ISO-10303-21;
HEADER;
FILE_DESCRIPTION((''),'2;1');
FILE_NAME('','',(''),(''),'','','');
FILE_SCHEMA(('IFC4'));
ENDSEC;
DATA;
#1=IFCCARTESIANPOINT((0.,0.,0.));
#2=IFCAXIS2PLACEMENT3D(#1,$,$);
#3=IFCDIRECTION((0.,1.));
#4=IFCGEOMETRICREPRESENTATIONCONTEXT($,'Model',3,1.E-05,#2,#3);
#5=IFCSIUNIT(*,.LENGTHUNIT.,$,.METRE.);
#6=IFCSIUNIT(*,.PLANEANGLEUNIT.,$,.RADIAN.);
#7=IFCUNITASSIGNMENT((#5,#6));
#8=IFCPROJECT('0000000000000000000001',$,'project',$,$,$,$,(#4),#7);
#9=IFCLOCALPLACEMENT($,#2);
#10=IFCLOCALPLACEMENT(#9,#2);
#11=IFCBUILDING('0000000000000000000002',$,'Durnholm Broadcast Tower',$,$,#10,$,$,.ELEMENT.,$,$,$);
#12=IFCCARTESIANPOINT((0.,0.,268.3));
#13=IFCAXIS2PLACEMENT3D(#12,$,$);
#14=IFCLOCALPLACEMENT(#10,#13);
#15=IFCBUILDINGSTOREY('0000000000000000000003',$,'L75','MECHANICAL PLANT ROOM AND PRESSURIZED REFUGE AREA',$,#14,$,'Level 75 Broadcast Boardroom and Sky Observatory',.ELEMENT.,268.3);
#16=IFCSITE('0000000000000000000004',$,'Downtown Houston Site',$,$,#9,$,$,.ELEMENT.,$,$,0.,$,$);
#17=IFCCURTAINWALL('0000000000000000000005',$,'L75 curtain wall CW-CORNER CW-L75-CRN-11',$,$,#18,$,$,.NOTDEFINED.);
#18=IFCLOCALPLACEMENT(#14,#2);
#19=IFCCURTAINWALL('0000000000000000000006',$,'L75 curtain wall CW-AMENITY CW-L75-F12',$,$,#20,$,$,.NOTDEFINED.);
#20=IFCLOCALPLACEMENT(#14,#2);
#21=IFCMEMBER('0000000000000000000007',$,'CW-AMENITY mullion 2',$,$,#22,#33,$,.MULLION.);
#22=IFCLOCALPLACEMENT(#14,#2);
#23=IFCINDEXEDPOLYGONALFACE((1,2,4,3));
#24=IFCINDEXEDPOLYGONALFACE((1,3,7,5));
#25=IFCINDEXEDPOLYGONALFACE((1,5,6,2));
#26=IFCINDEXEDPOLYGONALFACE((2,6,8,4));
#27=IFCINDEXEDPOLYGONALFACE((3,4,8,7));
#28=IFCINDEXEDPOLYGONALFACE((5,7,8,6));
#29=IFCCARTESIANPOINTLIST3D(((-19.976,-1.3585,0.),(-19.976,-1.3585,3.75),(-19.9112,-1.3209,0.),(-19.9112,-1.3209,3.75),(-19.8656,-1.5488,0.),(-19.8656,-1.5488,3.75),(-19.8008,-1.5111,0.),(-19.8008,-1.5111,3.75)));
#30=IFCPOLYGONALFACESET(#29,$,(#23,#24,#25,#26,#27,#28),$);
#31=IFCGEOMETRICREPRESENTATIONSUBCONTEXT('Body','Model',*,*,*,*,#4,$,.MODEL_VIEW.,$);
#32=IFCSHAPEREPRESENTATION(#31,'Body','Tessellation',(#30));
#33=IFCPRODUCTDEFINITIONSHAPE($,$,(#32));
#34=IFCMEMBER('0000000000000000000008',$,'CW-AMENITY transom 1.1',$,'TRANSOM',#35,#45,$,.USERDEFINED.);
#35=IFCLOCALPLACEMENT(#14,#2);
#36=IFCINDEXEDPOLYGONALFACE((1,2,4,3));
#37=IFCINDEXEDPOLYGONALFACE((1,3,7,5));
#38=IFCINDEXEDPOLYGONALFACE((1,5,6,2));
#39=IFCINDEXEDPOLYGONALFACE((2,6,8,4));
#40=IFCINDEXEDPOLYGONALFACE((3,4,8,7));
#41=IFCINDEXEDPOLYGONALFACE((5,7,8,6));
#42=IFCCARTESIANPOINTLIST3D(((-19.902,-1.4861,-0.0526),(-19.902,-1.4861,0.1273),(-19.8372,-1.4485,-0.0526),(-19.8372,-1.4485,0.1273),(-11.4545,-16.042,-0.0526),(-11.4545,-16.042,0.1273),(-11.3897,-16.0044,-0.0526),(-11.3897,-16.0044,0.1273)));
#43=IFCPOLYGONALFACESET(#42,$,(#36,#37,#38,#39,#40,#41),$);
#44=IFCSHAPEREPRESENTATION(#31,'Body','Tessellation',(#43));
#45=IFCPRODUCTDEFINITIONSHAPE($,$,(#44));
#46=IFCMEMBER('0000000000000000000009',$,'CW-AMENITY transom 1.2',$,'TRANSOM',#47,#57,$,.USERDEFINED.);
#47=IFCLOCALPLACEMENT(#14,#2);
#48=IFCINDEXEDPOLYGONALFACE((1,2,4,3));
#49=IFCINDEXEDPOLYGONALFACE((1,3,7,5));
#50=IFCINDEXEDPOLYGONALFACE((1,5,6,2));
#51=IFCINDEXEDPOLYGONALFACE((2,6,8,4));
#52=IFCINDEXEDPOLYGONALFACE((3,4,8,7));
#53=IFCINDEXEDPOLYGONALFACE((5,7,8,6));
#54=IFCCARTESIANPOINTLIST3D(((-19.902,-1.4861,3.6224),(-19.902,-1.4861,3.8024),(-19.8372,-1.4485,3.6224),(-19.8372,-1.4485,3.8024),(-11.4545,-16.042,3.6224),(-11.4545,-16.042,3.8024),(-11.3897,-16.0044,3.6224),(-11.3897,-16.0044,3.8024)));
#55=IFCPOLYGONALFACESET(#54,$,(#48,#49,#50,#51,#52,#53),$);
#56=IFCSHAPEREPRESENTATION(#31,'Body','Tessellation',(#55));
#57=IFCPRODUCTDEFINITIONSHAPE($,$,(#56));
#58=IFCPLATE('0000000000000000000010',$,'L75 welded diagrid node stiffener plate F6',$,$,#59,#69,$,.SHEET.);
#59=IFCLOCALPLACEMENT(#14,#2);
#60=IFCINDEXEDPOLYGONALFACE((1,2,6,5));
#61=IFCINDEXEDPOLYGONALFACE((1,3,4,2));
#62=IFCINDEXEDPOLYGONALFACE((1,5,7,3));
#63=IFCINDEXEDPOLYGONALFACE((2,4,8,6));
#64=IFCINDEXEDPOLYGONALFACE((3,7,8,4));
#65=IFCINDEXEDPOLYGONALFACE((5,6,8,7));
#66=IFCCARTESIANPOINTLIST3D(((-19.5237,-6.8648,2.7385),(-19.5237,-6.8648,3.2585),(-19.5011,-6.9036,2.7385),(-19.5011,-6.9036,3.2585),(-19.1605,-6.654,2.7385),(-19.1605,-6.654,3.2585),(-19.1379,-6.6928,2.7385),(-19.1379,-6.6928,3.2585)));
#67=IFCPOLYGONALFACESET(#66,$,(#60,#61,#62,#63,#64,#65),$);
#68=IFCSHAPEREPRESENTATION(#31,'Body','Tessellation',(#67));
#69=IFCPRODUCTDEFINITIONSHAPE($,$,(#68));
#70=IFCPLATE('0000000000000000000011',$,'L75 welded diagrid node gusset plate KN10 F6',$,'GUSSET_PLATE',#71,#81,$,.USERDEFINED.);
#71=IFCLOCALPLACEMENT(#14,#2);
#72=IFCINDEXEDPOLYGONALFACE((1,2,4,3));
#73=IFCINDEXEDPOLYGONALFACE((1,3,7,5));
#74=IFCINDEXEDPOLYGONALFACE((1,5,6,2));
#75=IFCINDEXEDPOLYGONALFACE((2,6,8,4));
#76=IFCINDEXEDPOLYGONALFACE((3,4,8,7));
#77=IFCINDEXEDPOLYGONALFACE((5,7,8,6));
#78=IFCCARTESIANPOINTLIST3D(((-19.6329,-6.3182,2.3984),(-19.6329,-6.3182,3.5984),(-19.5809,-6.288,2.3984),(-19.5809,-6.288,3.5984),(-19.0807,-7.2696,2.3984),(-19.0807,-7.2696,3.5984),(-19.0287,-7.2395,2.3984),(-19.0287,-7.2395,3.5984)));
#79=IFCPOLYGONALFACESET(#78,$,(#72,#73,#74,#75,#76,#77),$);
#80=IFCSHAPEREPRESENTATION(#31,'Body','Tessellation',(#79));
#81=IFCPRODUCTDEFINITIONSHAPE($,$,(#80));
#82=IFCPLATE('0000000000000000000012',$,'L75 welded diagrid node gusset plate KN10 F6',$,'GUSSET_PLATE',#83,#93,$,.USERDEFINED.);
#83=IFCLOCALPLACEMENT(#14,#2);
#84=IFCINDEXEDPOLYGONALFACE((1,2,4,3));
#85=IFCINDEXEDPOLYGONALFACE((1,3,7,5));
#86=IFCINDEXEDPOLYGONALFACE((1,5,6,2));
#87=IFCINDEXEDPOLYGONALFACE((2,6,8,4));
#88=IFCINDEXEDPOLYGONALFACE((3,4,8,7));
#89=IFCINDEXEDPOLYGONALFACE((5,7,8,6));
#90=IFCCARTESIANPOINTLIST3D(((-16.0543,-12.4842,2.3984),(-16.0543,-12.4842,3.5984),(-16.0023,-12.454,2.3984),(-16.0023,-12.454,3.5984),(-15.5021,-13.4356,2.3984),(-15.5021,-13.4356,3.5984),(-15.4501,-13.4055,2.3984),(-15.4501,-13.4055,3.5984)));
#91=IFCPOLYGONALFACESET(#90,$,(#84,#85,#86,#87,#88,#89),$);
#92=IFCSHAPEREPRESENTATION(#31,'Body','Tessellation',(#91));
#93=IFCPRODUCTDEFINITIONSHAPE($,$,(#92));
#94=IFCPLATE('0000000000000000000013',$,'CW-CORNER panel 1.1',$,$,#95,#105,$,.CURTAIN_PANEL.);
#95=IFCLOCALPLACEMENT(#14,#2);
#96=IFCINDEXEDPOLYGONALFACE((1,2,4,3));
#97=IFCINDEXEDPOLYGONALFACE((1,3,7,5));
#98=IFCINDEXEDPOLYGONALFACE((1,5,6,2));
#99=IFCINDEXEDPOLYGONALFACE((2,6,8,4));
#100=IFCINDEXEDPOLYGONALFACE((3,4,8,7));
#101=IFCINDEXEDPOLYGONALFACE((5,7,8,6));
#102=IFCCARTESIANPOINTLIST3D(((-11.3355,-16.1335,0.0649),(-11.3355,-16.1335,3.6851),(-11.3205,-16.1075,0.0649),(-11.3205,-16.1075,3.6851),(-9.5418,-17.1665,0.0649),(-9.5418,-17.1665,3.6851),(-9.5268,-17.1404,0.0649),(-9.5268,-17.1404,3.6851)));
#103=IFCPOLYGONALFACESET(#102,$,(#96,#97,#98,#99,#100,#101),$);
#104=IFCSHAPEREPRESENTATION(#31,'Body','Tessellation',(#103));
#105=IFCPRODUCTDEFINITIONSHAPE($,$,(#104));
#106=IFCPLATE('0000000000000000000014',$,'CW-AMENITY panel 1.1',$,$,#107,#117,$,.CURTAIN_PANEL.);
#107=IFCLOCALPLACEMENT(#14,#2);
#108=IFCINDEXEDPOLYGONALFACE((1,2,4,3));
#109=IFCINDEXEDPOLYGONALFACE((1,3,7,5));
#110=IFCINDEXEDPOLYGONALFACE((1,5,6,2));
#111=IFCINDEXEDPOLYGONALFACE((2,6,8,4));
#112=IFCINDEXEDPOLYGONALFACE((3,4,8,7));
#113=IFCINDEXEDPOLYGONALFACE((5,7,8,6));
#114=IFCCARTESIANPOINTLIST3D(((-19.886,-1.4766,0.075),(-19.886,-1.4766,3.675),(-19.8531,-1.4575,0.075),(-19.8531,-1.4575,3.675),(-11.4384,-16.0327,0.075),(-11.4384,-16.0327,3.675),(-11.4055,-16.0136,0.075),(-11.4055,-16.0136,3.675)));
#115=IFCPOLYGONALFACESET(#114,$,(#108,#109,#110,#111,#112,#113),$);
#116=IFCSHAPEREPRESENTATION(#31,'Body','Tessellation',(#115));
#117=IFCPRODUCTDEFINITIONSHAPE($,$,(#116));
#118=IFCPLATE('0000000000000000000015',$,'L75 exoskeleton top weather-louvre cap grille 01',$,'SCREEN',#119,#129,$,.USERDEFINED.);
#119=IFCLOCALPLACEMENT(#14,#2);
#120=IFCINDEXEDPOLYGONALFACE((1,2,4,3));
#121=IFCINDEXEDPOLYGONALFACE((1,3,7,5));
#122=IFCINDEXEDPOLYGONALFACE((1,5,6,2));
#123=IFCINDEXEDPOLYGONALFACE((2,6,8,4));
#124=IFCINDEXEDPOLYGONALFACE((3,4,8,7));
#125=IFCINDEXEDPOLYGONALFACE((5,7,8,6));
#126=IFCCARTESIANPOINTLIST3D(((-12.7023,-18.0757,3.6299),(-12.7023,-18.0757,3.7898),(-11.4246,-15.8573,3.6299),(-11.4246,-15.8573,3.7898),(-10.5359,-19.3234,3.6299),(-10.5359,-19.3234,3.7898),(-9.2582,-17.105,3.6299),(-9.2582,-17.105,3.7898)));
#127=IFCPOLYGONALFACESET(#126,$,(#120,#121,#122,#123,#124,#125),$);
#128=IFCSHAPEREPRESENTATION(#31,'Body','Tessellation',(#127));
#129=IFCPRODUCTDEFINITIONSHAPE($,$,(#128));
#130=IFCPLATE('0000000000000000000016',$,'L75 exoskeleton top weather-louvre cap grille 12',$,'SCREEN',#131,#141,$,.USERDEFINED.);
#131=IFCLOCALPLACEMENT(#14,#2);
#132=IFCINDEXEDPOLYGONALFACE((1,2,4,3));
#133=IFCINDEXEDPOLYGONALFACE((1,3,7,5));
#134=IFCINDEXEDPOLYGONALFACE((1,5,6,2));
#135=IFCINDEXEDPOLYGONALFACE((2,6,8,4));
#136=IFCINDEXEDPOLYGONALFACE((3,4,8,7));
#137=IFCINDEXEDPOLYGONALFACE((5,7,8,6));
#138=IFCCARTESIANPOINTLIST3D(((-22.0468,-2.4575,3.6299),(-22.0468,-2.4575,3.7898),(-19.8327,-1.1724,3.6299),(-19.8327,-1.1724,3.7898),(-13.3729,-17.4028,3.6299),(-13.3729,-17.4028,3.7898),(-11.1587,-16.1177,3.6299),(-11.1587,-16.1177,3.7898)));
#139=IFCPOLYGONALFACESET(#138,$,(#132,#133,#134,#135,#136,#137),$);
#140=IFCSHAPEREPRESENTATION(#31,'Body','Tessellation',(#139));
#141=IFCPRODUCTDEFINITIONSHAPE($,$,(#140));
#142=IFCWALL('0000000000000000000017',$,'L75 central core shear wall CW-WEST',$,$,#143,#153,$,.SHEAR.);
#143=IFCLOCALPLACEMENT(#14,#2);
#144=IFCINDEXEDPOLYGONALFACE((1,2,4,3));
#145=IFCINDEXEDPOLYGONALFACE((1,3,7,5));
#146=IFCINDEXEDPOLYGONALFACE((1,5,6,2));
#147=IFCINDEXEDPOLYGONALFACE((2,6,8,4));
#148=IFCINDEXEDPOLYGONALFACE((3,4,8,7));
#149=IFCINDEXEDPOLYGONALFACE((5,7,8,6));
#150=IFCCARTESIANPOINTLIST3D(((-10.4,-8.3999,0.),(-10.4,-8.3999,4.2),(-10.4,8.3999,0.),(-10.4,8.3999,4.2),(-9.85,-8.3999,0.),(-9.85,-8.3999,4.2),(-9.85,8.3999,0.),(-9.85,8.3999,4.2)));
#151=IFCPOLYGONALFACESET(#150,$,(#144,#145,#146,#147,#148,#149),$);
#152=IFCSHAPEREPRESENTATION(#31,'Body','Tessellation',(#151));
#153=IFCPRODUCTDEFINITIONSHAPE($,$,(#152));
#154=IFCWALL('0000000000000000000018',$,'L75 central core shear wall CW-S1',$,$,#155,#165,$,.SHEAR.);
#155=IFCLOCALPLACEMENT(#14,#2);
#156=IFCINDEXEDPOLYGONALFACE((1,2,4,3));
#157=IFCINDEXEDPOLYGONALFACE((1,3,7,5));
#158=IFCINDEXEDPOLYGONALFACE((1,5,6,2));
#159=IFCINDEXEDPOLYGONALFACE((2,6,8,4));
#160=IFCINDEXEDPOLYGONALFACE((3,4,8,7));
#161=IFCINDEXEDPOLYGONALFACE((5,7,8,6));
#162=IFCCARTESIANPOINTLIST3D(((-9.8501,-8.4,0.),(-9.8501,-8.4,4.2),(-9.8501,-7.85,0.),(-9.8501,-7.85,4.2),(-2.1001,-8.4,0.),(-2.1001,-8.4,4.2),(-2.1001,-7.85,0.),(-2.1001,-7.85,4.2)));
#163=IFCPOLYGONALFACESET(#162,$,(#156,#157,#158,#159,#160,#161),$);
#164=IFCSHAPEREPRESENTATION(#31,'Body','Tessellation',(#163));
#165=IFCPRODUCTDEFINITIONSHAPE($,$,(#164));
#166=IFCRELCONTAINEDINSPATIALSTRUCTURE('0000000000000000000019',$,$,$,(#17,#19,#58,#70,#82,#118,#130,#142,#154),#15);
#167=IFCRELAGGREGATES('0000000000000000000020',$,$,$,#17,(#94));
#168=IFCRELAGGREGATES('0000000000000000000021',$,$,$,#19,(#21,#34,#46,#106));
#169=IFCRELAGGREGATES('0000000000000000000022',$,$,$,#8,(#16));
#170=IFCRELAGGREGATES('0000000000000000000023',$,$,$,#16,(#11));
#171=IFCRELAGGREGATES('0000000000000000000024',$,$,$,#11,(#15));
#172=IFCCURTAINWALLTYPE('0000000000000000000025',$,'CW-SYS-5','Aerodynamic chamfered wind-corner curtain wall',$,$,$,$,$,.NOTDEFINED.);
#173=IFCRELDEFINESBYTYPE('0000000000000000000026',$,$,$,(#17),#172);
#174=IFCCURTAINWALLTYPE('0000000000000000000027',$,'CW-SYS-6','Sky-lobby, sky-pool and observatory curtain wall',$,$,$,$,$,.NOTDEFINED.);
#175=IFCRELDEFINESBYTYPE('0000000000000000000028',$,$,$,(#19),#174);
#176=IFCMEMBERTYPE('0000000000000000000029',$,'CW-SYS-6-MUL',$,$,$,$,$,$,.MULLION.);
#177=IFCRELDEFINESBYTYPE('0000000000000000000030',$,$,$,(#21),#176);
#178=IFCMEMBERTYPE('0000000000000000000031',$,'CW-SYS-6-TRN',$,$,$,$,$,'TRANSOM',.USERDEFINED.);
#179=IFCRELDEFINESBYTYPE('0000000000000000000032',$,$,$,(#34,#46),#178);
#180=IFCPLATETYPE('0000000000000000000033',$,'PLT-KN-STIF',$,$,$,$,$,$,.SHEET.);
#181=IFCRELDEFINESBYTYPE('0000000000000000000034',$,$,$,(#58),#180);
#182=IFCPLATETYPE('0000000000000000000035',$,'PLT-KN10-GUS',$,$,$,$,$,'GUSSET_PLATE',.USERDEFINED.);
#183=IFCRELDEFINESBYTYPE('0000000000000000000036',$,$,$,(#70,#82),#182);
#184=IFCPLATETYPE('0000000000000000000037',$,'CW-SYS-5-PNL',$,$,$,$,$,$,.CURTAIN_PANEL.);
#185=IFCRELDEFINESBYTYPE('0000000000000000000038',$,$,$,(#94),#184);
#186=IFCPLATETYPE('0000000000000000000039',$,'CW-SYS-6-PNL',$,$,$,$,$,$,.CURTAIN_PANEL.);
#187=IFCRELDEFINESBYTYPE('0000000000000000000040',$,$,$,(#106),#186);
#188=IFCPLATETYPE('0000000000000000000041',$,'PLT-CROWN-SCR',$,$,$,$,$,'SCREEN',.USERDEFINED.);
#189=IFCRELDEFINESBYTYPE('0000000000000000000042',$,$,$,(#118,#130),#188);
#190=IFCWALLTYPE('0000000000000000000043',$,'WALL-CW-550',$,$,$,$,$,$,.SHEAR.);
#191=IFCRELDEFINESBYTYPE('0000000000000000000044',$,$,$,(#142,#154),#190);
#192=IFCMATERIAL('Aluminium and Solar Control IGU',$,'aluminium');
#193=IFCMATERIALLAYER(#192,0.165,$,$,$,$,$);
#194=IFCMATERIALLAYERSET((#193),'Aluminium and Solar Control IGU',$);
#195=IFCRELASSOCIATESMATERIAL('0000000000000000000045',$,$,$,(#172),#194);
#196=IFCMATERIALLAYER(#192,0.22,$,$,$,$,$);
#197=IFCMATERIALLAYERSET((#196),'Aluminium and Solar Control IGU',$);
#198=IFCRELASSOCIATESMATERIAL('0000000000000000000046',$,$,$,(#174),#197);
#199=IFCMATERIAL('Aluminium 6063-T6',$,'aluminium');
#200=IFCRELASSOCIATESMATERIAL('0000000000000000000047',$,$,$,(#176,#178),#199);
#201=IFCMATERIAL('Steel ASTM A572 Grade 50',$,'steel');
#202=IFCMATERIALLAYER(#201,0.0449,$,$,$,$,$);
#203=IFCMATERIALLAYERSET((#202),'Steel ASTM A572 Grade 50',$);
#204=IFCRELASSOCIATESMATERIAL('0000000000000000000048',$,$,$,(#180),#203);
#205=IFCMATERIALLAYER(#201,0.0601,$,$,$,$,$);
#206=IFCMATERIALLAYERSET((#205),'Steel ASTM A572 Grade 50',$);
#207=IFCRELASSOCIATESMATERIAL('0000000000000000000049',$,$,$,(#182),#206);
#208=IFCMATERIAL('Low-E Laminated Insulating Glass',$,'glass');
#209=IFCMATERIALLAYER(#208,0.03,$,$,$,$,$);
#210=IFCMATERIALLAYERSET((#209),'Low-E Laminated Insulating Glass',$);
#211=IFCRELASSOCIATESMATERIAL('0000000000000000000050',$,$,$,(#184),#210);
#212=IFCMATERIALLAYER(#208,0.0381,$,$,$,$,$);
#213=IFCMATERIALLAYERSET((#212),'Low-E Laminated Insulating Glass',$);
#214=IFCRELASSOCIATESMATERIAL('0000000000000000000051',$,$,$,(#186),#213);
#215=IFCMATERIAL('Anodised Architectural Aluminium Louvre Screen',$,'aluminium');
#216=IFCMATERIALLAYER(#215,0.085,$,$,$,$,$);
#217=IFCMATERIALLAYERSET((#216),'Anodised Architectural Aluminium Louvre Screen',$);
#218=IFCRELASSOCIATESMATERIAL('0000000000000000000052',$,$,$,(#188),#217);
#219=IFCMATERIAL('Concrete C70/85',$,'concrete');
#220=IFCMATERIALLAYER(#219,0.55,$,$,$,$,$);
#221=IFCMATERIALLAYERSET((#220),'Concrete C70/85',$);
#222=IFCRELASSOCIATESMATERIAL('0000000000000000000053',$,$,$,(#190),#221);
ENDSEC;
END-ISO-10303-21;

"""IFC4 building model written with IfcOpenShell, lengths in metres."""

from ifc_helpers import new_model, si_unit, direction, frame, frame_2d, origin, origin_2d, place, context, subcontext, project, spatial, rectangle, extrude, source, transform, mapped, material, layer, layer_set, material_profile, profile_set, type_object, type_shapes, element, aggregate, save


model = new_model("IFC4")

# Units and contexts
model_context = context("Model", 3, precision=1e-05, world=origin(), true_north=direction((0.0, 1.0)))
body_context = subcontext(model_context, "Body", "Model", "MODEL_VIEW")
ifc_project = project(units=[si_unit("LENGTHUNIT", "METRE"), si_unit("PLANEANGLEUNIT", "RADIAN")], contexts=[model_context])

# Site, building, storey
site_placement = place(None, origin())
site = spatial("IfcSite", under=ifc_project, at=site_placement, Name="Downtown Houston Site", CompositionType="ELEMENT", RefElevation=0.0)
building_placement = place(site_placement, origin())
building = spatial("IfcBuilding", under=site, at=building_placement, Name="Durnholm Broadcast Tower", CompositionType="ELEMENT")
storey_placement = place(building_placement, frame((0.0, 0.0, 268.3)))
storey = spatial("IfcBuildingStorey", under=building, at=storey_placement, Name="L75", Description="MECHANICAL PLANT ROOM AND PRESSURIZED REFUGE AREA", LongName="Level 75 Broadcast Boardroom and Sky Observatory", CompositionType="ELEMENT", Elevation=268.3)

# Shared definitions
ifc_material_1 = material(Name="Concrete C70/85", Category="concrete")

# Curtain wall
ifc_material_2 = material(Name="Aluminium and Solar Control IGU", Category="aluminium")
ifc_layer_1 = layer(ifc_material_2, 0.165)
ifc_layer_set_1 = layer_set([ifc_layer_1], Name="Aluminium and Solar Control IGU")
curtain_wall_type_1 = type_object("IfcCurtainWallType", Name="CW-SYS-5", Description="Aerodynamic chamfered wind-corner curtain wall", PredefinedType="NOTDEFINED", material=ifc_layer_set_1)
ifc_material_3 = material(Name="Aluminium 6063-T6", Category="aluminium")
curtain_wall_1_placement = place(storey_placement, origin())
curtain_wall_1 = element("IfcCurtainWall", 1, at=curtain_wall_1_placement, inside=storey, type_object=curtain_wall_type_1, Name="L75 curtain wall CW-CORNER CW-L75-CRN-11", PredefinedType="NOTDEFINED")

# Curtain wall, members
ifc_layer_2 = layer(ifc_material_2, 0.22)
ifc_layer_set_2 = layer_set([ifc_layer_2], Name="Aluminium and Solar Control IGU")
curtain_wall_type_2 = type_object("IfcCurtainWallType", Name="CW-SYS-6", Description="Sky-lobby, sky-pool and observatory curtain wall", PredefinedType="NOTDEFINED", material=ifc_layer_set_2)
curtain_wall_2_placement = place(storey_placement, origin())
curtain_wall_2 = element("IfcCurtainWall", 2, at=curtain_wall_2_placement, inside=storey, type_object=curtain_wall_type_2, Name="L75 curtain wall CW-AMENITY CW-L75-F12", PredefinedType="NOTDEFINED")
ifc_material_profile_1 = material_profile(ifc_material_3, rectangle(XDim=0.075, YDim=0.22, at=origin_2d()), Name="CWM75X220")
ifc_profile_set_1 = profile_set([ifc_material_profile_1], Name="Aluminium 6063-T6")
member_type_1 = type_object("IfcMemberType", Name="CW-SYS-6-MUL", PredefinedType="MULLION", material=ifc_profile_set_1)
shared_shape_1 = source(origin(), body_context, "Body", "SweptSolid", [
    extrude(rectangle(XDim=0.075, YDim=0.22, at=origin_2d()), origin(), (0.0, 0.0, 1.0), 3.75),
])
type_shapes(member_type_1, [shared_shape_1])
member_1_placement = place(storey_placement, frame((-19.8884, -1.4348, 0.0), z_axis=(0.0, 0.0, 1.0), x_axis=(-0.8649, -0.501944, 0.0)))
member_1 = element("IfcMember", 3, at=member_1_placement, type_object=member_type_1, Name="CW-AMENITY mullion 2", PredefinedType="MULLION", context=body_context, shape_type="MappedRepresentation", body=[
    mapped(shared_shape_1, transform((0.0, 0.0, 0.0), x_axis=(1.0, 0.0, 0.0), y_axis=(0.0, 1.0, 0.0), z_axis=(0.0, 0.0, 1.0), scale=1.0)),
])
ifc_material_profile_2 = material_profile(ifc_material_3, rectangle(XDim=0.075, YDim=0.1799, at=origin_2d()), Name="CWT75X180")
ifc_profile_set_2 = profile_set([ifc_material_profile_2], Name="Aluminium 6063-T6")
member_type_2 = type_object("IfcMemberType", Name="CW-SYS-6-TRN", ElementType="TRANSOM", PredefinedType="USERDEFINED", material=ifc_profile_set_2)
shared_shape_2 = source(origin(), body_context, "Body", "SweptSolid", [
    extrude(rectangle(XDim=0.075, YDim=0.1799, at=origin_2d()), origin(), (0.0, 0.0, 1.0), 16.8296),
])
type_shapes(member_type_2, [shared_shape_2])
member_2_placement = place(storey_placement, frame((-11.4221, -16.0232, 0.0374), z_axis=(-0.501944, 0.8649, 0.0), x_axis=(-0.8649, -0.501944, 0.0)))
member_2 = element("IfcMember", 4, at=member_2_placement, type_object=member_type_2, Name="CW-AMENITY transom 1.1", ObjectType="TRANSOM", PredefinedType="USERDEFINED", context=body_context, shape_type="MappedRepresentation", body=[
    mapped(shared_shape_2, transform((0.0, 0.0, 0.0), x_axis=(1.0, 0.0, 0.0), y_axis=(0.0, 1.0, 0.0), z_axis=(0.0, 0.0, 1.0), scale=1.0)),
])
member_3_placement = place(storey_placement, frame((-11.4221, -16.0232, 3.7124), z_axis=(-0.501944, 0.8649, 0.0), x_axis=(-0.8649, -0.501944, 0.0)))
member_3 = element("IfcMember", 5, at=member_3_placement, type_object=member_type_2, Name="CW-AMENITY transom 1.2", ObjectType="TRANSOM", PredefinedType="USERDEFINED", context=body_context, shape_type="MappedRepresentation", body=[
    mapped(shared_shape_2, transform((0.0, 0.0, 0.0), x_axis=(1.0, 0.0, 0.0), y_axis=(0.0, 1.0, 0.0), z_axis=(0.0, 0.0, 1.0), scale=1.0)),
])

# Plates
ifc_material_4 = material(Name="Steel ASTM A572 Grade 50", Category="steel")
ifc_layer_3 = layer(ifc_material_4, 0.0449)
ifc_layer_set_3 = layer_set([ifc_layer_3], Name="Steel ASTM A572 Grade 50")
plate_type_1 = type_object("IfcPlateType", Name="PLT-KN-STIF", PredefinedType="SHEET", material=ifc_layer_set_3)
shared_shape_3 = source(origin(), body_context, "Body", "SweptSolid", [
    extrude(rectangle(XDim=0.0449, YDim=0.4199, at=origin_2d()), origin(), (0.0, 0.0, 1.0), 0.52),
])
type_shapes(plate_type_1, [shared_shape_3])
plate_1_placement = place(storey_placement, frame((-19.3308, -6.7788, 2.7385), z_axis=(0.0, 0.0, 1.0), x_axis=(0.501964, -0.864889, 0.0)))
element("IfcPlate", 6, at=plate_1_placement, inside=storey, type_object=plate_type_1, Name="L75 welded diagrid node stiffener plate F6", PredefinedType="SHEET", context=body_context, shape_type="MappedRepresentation", body=[
    mapped(shared_shape_3, transform((0.0, 0.0, 0.0), x_axis=(1.0, 0.0, 0.0), y_axis=(0.0, 1.0, 0.0), z_axis=(0.0, 0.0, 1.0), scale=1.0)),
])
ifc_layer_4 = layer(ifc_material_4, 0.0601)
ifc_layer_set_4 = layer_set([ifc_layer_4], Name="Steel ASTM A572 Grade 50")
plate_type_2 = type_object("IfcPlateType", Name="PLT-KN10-GUS", ElementType="GUSSET_PLATE", PredefinedType="USERDEFINED", material=ifc_layer_set_4)
shared_shape_4 = source(origin(), body_context, "Body", "SweptSolid", [
    extrude(rectangle(XDim=1.1001, YDim=0.0601, at=origin_2d()), origin(), (0.0, 0.0, 1.0), 1.2),
])
type_shapes(plate_type_2, [shared_shape_4])
for number, where, z_axis, x_axis, name in (
    (7, (-19.3308, -6.7788, 2.3984), (0.0, 0.0, 1.0), (0.501964, -0.864889, 0.0), "L75 welded diagrid node gusset plate KN10 F6"),
    (8, (-15.7522, -12.9448, 2.3984), (0.0, 0.0, 1.0), (0.501964, -0.864889, 0.0), "L75 welded diagrid node gusset plate KN10 F6"),
):
    element("IfcPlate", number, at=place(storey_placement, frame(where, z_axis=z_axis, x_axis=x_axis)), inside=storey, type_object=plate_type_2, Name=name, ObjectType="GUSSET_PLATE", PredefinedType="USERDEFINED", context=body_context, shape_type="MappedRepresentation", body=[
        mapped(shared_shape_4, transform((0.0, 0.0, 0.0), x_axis=(1.0, 0.0, 0.0), y_axis=(0.0, 1.0, 0.0), z_axis=(0.0, 0.0, 1.0), scale=1.0)),
    ])

# Plates
ifc_material_5 = material(Name="Low-E Laminated Insulating Glass", Category="glass")
ifc_layer_5 = layer(ifc_material_5, 0.03)
ifc_layer_set_5 = layer_set([ifc_layer_5], Name="Low-E Laminated Insulating Glass")
plate_type_3 = type_object("IfcPlateType", Name="CW-SYS-5-PNL", PredefinedType="CURTAIN_PANEL", material=ifc_layer_set_5)
shared_shape_5 = source(origin(), body_context, "Body", "SweptSolid", [
    extrude(rectangle(XDim=2.0698, YDim=0.03, at=origin_2d()), origin(), (0.0, 0.0, 1.0), 3.6201),
])
type_shapes(plate_type_3, [shared_shape_5])
plate_2_placement = place(storey_placement, frame((-10.4312, -16.637, 0.0649), z_axis=(0.0, 0.0, 1.0), x_axis=(-0.866568, 0.499059, 0.0)))
plate_2 = element("IfcPlate", 9, at=plate_2_placement, type_object=plate_type_3, Name="CW-CORNER panel 1.1", PredefinedType="CURTAIN_PANEL", context=body_context, shape_type="MappedRepresentation", body=[
    mapped(shared_shape_5, transform((0.0, 0.0, 0.0), x_axis=(1.0, 0.0, 0.0), y_axis=(0.0, 1.0, 0.0), z_axis=(0.0, 0.0, 1.0), scale=1.0)),
])
aggregate(curtain_wall_1, [plate_2])
ifc_layer_6 = layer(ifc_material_5, 0.0381)
ifc_layer_set_6 = layer_set([ifc_layer_6], Name="Low-E Laminated Insulating Glass")
plate_type_4 = type_object("IfcPlateType", Name="CW-SYS-6-PNL", PredefinedType="CURTAIN_PANEL", material=ifc_layer_set_6)
shared_shape_6 = source(origin(), body_context, "Body", "SweptSolid", [
    extrude(rectangle(XDim=16.8298, YDim=0.0381, at=origin_2d()), origin(), (0.0, 0.0, 1.0), 3.6001),
])
type_shapes(plate_type_4, [shared_shape_6])
plate_3_placement = place(storey_placement, frame((-15.6458, -8.7451, 0.075), z_axis=(0.0, 0.0, 1.0), x_axis=(-0.501944, 0.8649, 0.0)))
plate_3 = element("IfcPlate", 10, at=plate_3_placement, type_object=plate_type_4, Name="CW-AMENITY panel 1.1", PredefinedType="CURTAIN_PANEL", context=body_context, shape_type="MappedRepresentation", body=[
    mapped(shared_shape_6, transform((0.0, 0.0, 0.0), x_axis=(1.0, 0.0, 0.0), y_axis=(0.0, 1.0, 0.0), z_axis=(0.0, 0.0, 1.0), scale=1.0)),
])
aggregate(curtain_wall_2, [member_1, member_2, member_3, plate_3])

# Plates
ifc_material_6 = material(Name="Anodised Architectural Aluminium Louvre Screen", Category="aluminium")
ifc_layer_7 = layer(ifc_material_6, 0.085)
ifc_layer_set_7 = layer_set([ifc_layer_7], Name="Anodised Architectural Aluminium Louvre Screen")
plate_type_5 = type_object("IfcPlateType", Name="PLT-CROWN-SCR", ElementType="SCREEN", PredefinedType="USERDEFINED", material=ifc_layer_set_7)
shared_shape_7 = source(origin(), body_context, "Body", "SweptSolid", [
    extrude(rectangle(XDim=2.5, YDim=2.5601, at=origin_2d()), origin(), (0.0, 0.0, 1.0), 0.1599),
])
plate_4_placement = place(storey_placement, frame((-10.9802, -17.5903, 3.6299), z_axis=(0.0, 0.0, 1.0), x_axis=(0.866549, -0.499093, 0.0)))
element("IfcPlate", 11, at=plate_4_placement, inside=storey, type_object=plate_type_5, Name="L75 exoskeleton top weather-louvre cap grille 01", ObjectType="SCREEN", PredefinedType="USERDEFINED", context=body_context, shape_type="MappedRepresentation", body=[
    mapped(shared_shape_7, transform((0.0, 0.0, 0.0), x_axis=(1.0, 0.0, 0.0), y_axis=(0.0, 1.0, 0.0), z_axis=(0.0, 0.0, 1.0), scale=1.0)),
])
shared_shape_8 = source(origin(), body_context, "Body", "SweptSolid", [
    extrude(rectangle(XDim=17.28, YDim=2.5601, at=origin_2d()), origin(), (0.0, 0.0, 1.0), 0.1599),
])
type_shapes(plate_type_5, [shared_shape_7, shared_shape_8])
plate_5_placement = place(storey_placement, frame((-16.6028, -9.2876, 3.6299), z_axis=(0.0, 0.0, 1.0), x_axis=(0.501964, -0.864889, 0.0)))
element("IfcPlate", 12, at=plate_5_placement, inside=storey, type_object=plate_type_5, Name="L75 exoskeleton top weather-louvre cap grille 12", ObjectType="SCREEN", PredefinedType="USERDEFINED", context=body_context, shape_type="MappedRepresentation", body=[
    mapped(shared_shape_8, transform((0.0, 0.0, 0.0), x_axis=(1.0, 0.0, 0.0), y_axis=(0.0, 1.0, 0.0), z_axis=(0.0, 0.0, 1.0), scale=1.0)),
])

# Walls
ifc_layer_8 = layer(ifc_material_1, 0.55)
ifc_layer_set_8 = layer_set([ifc_layer_8], Name="Concrete C70/85")
wall_type_1 = type_object("IfcWallType", Name="WALL-CW-550", PredefinedType="SHEAR", material=ifc_layer_set_8)
wall_1_placement = place(storey_placement, frame((-10.125, -8.3999, 0.0), z_axis=(0.0, 0.0, 1.0), x_axis=(0.0, 1.0, 0.0)))
element("IfcWall", 13, at=wall_1_placement, inside=storey, type_object=wall_type_1, Name="L75 central core shear wall CW-WEST", PredefinedType="SHEAR", context=body_context, shape_type="SweptSolid", body=[
    extrude(rectangle(XDim=16.7998, YDim=0.55, at=frame_2d((8.3999, 0.0))), origin(), (0.0, 0.0, 1.0), 4.2),
])
wall_2_placement = place(storey_placement, frame((-9.8501, -8.125, 0.0), z_axis=(0.0, 0.0, 1.0), x_axis=(1.0, 0.0, 0.0)))
element("IfcWall", 14, at=wall_2_placement, inside=storey, type_object=wall_type_1, Name="L75 central core shear wall CW-S1", PredefinedType="SHEAR", context=body_context, shape_type="SweptSolid", body=[
    extrude(rectangle(XDim=7.75, YDim=0.55, at=frame_2d((3.875, 0.0))), origin(), (0.0, 0.0, 1.0), 4.2),
])

save(model, "model.ifc")
